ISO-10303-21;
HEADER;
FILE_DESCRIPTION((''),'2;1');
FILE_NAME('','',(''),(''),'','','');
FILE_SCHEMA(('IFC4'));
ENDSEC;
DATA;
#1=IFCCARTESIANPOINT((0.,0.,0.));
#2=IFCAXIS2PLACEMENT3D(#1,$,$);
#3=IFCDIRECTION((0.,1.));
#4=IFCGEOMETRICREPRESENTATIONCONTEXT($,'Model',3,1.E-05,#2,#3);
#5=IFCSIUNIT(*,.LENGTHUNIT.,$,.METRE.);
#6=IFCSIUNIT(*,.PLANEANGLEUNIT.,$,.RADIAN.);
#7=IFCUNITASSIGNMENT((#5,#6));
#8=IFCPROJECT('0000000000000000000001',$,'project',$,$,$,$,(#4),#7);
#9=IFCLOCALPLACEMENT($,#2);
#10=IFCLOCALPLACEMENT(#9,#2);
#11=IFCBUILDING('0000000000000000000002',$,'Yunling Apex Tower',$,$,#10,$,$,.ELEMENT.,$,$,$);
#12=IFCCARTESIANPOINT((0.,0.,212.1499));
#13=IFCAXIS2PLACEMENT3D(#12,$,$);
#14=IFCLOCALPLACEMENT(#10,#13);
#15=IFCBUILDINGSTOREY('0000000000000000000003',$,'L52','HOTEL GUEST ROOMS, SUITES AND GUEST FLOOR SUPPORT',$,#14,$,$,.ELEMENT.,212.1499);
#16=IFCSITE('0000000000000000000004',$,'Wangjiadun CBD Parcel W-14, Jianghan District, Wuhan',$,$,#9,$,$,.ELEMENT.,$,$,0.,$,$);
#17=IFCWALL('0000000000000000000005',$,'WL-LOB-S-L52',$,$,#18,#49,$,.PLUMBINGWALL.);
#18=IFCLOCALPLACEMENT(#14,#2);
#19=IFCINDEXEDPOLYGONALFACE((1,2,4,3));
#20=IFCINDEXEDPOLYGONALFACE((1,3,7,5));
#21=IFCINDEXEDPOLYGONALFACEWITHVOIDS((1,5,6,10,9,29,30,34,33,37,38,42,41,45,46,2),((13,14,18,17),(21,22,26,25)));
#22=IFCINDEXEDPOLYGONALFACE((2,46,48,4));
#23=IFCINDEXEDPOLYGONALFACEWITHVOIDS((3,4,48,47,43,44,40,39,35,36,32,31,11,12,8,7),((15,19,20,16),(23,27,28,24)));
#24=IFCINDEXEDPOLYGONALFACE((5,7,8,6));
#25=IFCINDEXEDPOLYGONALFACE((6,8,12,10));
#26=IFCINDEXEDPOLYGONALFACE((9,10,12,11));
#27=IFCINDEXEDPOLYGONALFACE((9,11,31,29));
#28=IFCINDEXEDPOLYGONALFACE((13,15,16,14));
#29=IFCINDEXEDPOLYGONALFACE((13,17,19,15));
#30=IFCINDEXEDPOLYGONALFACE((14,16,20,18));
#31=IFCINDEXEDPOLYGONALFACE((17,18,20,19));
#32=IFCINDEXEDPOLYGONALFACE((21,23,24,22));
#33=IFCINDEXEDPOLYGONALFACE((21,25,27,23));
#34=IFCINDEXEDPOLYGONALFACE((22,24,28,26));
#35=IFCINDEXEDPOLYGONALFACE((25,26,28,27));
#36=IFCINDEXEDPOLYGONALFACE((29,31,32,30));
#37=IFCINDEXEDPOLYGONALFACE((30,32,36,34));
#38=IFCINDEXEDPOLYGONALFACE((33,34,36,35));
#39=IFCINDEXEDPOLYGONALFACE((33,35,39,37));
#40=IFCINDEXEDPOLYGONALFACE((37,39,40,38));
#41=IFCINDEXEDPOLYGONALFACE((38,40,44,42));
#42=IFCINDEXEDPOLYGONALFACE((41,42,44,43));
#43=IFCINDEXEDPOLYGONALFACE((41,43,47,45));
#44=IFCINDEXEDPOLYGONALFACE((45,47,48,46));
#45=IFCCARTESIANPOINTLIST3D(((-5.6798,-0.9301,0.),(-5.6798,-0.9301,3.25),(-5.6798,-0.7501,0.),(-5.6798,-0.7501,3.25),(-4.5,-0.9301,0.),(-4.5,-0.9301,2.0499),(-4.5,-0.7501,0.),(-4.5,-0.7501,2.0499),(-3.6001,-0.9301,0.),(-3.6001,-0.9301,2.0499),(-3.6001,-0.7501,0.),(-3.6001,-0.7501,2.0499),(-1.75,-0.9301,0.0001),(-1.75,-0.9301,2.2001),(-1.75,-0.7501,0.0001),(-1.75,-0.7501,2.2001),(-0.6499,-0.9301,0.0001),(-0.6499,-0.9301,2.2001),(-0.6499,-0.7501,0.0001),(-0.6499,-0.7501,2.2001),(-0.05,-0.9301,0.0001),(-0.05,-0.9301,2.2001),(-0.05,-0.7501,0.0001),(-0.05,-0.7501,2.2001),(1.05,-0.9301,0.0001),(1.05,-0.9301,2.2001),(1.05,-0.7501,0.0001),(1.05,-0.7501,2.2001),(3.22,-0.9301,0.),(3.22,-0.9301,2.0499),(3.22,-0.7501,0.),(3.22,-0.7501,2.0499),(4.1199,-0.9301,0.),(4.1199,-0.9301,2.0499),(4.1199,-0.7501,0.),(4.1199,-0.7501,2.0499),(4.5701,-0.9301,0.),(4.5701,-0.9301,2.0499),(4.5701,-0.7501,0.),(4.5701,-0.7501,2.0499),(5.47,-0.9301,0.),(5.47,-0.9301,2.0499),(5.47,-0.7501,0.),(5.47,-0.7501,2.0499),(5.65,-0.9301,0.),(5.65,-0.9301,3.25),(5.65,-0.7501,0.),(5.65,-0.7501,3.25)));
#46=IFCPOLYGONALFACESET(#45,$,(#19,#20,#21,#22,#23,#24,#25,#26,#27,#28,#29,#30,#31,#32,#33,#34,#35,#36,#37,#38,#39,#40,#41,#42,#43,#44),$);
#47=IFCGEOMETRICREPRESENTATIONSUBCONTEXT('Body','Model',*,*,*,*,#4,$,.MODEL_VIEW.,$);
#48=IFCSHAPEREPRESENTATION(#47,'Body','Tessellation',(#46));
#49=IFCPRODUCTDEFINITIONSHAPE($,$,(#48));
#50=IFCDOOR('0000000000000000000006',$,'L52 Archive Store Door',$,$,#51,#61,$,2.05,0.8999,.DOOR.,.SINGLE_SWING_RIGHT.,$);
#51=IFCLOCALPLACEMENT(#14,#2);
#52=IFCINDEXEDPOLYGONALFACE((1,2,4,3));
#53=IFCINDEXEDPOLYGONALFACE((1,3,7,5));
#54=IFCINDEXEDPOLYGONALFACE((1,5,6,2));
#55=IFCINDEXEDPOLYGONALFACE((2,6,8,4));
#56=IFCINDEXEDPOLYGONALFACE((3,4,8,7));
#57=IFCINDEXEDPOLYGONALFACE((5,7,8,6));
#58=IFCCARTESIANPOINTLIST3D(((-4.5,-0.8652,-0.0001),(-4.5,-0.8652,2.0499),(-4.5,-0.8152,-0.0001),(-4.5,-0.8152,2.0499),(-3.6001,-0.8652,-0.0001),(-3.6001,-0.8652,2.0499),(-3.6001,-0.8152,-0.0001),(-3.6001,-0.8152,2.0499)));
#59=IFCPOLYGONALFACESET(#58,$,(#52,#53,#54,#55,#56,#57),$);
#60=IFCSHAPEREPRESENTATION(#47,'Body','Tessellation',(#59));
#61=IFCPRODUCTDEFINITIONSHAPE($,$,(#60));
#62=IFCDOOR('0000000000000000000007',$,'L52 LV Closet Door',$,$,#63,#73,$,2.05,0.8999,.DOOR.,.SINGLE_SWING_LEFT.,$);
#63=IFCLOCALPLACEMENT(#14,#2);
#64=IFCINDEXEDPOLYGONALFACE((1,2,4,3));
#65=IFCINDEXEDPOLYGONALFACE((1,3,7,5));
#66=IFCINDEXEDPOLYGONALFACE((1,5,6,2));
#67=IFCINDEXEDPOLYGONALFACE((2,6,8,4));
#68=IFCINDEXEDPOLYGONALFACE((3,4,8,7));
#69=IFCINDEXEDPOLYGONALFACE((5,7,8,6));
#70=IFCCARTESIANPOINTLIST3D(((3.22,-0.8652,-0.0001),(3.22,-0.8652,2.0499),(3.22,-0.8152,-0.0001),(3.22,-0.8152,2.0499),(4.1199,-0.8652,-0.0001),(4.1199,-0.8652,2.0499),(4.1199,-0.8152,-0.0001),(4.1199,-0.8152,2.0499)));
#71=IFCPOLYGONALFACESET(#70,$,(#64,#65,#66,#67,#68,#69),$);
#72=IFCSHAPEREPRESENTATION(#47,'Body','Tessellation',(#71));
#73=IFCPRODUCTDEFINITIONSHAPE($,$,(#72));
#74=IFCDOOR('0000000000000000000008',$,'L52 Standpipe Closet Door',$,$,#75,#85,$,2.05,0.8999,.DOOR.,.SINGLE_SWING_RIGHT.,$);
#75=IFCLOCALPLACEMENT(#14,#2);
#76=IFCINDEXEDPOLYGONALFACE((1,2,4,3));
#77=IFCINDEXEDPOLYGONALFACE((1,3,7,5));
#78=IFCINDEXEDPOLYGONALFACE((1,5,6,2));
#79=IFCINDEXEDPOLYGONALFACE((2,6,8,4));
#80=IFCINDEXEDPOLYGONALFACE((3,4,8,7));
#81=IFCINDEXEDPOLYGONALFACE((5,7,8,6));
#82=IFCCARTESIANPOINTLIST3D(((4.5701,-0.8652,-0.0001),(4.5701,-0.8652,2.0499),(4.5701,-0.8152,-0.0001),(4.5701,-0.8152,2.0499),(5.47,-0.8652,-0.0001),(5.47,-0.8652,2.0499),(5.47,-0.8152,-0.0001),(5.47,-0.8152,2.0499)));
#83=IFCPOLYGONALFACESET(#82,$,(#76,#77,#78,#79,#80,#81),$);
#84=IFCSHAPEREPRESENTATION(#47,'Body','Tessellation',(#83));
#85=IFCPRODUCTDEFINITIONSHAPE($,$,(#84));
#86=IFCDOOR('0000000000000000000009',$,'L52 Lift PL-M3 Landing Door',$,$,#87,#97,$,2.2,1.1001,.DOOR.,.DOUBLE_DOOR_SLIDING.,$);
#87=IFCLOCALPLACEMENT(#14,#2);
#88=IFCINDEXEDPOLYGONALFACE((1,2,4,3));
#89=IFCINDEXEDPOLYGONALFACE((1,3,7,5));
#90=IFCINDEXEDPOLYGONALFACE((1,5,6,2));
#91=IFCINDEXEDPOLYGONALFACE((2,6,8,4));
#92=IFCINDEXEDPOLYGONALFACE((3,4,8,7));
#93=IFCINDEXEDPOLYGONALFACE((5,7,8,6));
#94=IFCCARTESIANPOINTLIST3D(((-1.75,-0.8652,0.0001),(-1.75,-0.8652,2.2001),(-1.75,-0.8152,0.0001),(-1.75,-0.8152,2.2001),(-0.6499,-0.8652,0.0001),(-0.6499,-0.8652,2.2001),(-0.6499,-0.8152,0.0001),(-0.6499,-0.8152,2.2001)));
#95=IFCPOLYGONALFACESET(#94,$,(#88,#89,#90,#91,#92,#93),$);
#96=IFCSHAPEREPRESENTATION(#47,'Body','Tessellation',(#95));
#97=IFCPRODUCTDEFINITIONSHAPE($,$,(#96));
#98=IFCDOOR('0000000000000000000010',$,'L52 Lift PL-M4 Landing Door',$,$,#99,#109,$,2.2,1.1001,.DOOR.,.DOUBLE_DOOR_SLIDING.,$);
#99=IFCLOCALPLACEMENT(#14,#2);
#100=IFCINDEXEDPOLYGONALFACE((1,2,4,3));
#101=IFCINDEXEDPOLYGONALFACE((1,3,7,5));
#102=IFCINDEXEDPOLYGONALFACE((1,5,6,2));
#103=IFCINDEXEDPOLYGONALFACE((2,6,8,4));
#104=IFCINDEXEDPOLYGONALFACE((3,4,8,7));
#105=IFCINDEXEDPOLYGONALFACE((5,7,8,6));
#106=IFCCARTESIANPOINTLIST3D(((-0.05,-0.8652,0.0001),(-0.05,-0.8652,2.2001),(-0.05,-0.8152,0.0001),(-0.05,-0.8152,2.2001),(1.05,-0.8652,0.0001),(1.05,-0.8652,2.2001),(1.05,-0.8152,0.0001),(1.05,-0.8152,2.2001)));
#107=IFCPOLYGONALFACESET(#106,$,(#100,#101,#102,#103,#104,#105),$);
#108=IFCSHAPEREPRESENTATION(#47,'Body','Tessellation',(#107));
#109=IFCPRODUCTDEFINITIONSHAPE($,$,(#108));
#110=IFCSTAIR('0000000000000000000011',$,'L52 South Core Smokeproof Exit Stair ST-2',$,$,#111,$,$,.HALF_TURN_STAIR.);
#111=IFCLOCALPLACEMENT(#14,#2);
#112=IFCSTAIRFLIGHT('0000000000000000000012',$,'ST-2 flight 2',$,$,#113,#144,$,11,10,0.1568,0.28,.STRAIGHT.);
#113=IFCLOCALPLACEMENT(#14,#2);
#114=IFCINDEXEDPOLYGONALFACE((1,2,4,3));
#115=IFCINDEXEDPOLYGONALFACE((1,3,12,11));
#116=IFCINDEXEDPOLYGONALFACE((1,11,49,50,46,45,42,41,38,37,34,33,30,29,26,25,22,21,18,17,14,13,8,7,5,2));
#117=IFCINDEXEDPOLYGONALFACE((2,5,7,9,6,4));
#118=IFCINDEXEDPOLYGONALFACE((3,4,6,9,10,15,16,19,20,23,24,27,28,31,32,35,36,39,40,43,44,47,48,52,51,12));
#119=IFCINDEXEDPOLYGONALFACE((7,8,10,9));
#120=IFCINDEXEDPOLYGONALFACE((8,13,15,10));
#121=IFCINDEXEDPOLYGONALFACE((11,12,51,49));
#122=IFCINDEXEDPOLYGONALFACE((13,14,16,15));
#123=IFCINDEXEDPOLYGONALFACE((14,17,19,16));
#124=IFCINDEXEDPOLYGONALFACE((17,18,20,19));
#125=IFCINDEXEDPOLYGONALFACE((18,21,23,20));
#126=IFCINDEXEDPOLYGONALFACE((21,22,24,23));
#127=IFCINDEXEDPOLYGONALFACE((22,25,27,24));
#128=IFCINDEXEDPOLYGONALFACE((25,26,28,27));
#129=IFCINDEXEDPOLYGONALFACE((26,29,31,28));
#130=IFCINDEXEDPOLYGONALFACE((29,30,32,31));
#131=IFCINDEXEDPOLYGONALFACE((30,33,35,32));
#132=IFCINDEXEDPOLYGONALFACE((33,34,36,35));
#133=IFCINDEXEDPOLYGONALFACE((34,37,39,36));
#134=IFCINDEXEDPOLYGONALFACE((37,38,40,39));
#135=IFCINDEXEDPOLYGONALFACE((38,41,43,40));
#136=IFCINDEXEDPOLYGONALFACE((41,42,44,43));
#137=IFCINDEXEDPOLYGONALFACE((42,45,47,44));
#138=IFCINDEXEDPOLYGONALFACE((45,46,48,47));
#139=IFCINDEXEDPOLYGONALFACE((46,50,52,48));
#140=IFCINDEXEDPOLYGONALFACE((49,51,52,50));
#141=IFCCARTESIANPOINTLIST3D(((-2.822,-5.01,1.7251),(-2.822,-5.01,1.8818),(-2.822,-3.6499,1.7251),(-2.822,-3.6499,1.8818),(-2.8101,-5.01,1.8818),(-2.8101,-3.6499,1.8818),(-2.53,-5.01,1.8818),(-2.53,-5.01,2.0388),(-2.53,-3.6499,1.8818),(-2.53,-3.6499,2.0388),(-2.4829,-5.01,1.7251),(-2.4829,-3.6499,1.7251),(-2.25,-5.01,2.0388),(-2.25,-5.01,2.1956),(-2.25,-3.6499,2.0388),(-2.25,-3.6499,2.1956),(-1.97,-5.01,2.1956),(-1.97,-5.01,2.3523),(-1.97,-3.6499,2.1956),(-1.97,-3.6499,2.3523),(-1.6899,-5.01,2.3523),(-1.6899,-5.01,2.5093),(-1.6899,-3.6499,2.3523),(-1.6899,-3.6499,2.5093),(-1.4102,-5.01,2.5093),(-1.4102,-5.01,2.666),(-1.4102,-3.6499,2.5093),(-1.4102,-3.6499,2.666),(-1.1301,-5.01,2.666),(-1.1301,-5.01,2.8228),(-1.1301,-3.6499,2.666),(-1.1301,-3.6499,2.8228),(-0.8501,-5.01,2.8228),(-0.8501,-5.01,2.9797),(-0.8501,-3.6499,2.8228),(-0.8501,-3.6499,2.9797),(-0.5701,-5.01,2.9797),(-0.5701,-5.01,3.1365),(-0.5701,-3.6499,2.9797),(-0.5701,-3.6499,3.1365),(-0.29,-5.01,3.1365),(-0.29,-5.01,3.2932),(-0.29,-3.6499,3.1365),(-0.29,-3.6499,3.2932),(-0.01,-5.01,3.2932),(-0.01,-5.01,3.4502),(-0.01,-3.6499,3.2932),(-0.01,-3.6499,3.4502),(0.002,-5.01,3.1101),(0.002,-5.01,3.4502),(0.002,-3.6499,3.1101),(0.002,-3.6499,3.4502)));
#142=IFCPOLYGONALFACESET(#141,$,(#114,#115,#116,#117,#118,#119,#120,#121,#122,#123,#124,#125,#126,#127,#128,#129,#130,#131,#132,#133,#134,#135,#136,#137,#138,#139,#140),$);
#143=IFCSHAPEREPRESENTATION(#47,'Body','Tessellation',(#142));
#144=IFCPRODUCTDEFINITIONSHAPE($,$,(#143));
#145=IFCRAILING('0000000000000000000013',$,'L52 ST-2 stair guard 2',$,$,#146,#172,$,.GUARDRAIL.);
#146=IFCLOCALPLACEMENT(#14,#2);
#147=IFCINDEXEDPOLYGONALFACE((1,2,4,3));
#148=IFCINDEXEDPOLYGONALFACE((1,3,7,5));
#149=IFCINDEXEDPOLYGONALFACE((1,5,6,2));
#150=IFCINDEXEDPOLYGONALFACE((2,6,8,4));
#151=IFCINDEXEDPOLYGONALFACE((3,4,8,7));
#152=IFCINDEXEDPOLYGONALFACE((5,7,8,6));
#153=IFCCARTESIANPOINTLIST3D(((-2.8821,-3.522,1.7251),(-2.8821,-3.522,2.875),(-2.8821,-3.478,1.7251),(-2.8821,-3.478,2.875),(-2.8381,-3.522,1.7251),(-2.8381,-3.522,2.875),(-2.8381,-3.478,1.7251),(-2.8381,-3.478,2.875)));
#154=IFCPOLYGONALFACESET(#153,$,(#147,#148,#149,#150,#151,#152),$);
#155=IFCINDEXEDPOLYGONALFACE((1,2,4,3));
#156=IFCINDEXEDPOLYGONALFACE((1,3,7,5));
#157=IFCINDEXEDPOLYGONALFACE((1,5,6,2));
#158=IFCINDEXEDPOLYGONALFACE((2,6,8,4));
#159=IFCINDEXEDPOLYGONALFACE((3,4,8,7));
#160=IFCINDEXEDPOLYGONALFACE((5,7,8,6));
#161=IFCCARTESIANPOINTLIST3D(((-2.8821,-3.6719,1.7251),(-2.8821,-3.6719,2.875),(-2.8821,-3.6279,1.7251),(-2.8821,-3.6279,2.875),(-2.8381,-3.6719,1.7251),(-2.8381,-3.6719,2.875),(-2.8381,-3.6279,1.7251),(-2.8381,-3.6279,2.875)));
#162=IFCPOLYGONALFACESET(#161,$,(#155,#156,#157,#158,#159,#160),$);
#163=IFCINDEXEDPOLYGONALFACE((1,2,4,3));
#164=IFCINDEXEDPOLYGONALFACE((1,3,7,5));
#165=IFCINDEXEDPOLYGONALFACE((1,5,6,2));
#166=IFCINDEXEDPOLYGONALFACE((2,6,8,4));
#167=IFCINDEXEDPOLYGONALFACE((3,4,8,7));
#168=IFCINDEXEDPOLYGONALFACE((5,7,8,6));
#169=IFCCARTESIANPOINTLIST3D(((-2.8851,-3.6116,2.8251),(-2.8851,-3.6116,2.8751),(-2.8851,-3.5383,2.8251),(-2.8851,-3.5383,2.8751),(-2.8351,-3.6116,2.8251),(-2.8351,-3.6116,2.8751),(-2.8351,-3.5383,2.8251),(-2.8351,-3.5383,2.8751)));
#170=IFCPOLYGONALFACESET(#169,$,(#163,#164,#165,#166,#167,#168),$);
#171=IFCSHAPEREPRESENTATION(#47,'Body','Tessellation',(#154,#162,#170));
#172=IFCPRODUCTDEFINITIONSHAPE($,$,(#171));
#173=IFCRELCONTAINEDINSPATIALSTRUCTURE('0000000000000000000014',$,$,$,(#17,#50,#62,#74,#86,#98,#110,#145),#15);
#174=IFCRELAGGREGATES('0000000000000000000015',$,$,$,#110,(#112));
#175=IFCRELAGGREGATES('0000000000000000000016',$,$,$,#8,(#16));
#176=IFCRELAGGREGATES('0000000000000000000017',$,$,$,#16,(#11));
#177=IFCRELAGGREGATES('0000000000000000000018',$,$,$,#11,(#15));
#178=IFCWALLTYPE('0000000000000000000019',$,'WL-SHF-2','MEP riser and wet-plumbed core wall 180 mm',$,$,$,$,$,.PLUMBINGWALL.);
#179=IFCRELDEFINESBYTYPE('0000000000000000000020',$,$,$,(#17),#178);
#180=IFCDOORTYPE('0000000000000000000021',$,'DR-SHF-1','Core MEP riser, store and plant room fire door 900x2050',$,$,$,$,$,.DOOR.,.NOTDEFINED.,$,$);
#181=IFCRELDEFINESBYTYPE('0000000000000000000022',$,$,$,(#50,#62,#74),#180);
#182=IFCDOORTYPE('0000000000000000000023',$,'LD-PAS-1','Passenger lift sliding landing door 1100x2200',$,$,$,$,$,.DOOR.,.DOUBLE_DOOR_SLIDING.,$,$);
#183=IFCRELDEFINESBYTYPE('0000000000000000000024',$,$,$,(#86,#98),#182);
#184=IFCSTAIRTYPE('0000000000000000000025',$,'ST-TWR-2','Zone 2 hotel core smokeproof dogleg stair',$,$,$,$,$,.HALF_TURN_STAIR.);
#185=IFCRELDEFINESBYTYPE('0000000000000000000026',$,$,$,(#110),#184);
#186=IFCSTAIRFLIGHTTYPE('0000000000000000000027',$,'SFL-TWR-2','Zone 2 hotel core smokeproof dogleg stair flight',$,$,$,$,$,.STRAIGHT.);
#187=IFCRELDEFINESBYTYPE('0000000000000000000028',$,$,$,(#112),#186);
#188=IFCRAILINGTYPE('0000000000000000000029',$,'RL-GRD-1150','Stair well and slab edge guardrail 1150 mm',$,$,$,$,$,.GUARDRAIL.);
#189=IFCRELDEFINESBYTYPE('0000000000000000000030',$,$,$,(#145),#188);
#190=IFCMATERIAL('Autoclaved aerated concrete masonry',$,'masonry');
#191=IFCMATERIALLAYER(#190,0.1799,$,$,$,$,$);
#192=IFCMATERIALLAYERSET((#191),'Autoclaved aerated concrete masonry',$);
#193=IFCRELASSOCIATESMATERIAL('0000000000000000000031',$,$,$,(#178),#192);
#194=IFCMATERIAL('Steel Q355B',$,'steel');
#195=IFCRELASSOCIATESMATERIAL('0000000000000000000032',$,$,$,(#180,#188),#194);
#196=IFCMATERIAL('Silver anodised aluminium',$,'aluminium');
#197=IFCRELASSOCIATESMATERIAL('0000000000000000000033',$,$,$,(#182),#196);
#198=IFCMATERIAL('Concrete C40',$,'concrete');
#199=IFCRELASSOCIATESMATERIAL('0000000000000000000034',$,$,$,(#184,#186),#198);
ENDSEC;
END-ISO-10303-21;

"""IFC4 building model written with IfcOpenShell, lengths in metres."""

from ifc_helpers import new_model, si_unit, direction, frame, frame_2d, origin, origin_2d, place, context, subcontext, project, spatial, polyline, rectangle, outline, extrude, material, layer, layer_set, type_object, element, fill, aggregate, save


model = new_model("IFC4")

# Units and contexts
model_context = context("Model", 3, precision=1e-05, world=origin(), true_north=direction((0.0, 1.0)))
body_context = subcontext(model_context, "Body", "Model", "MODEL_VIEW")
ifc_project = project(units=[si_unit("LENGTHUNIT", "METRE"), si_unit("PLANEANGLEUNIT", "RADIAN")], contexts=[model_context])

# Site, building, storey
site_placement = place(None, origin())
site = spatial("IfcSite", under=ifc_project, at=site_placement, Name="Wangjiadun CBD Parcel W-14, Jianghan District, Wuhan", CompositionType="ELEMENT", RefElevation=0.0)
building_placement = place(site_placement, origin())
building = spatial("IfcBuilding", under=site, at=building_placement, Name="Yunling Apex Tower", CompositionType="ELEMENT")
storey_placement = place(building_placement, frame((0.0, 0.0, 212.1499)))
storey = spatial("IfcBuildingStorey", under=building, at=storey_placement, Name="L52", Description="HOTEL GUEST ROOMS, SUITES AND GUEST FLOOR SUPPORT", CompositionType="ELEMENT", Elevation=212.1499)

# Shared definitions
ifc_material_1 = material(Name="Steel Q355B", Category="steel")

# Shared definitions
ifc_material_2 = material(Name="Concrete C40", Category="concrete")

# Shared definitions
ifc_material_3 = material(Name="Autoclaved aerated concrete masonry", Category="masonry")

# Shared definitions
ifc_layer_1 = layer(ifc_material_3, 0.1799)
ifc_layer_set_1 = layer_set([ifc_layer_1], Name="Autoclaved aerated concrete masonry")
wall_type_1 = type_object("IfcWallType", Name="WL-SHF-2", Description="MEP riser and wet-plumbed core wall 180 mm", PredefinedType="PLUMBINGWALL", material=ifc_layer_set_1)

# Wall, openings, doors
wall_1_placement = place(storey_placement, frame((-5.6799, -0.8401, 0.0), z_axis=(0.0, 0.0, 1.0), x_axis=(1.0, 0.0, 0.0)))
wall_1 = element("IfcWall", 1, at=wall_1_placement, inside=storey, type_object=wall_type_1, Name="WL-LOB-S-L52", PredefinedType="PLUMBINGWALL", context=body_context, shape_type="SweptSolid", body=[
    extrude(rectangle(XDim=11.3298, YDim=0.1799, at=frame_2d((5.665, 0.0))), origin(), (0.0, 0.0, 1.0), 3.25),
])
opening_1_placement = place(wall_1_placement, frame((1.1799, 0.0, 0.0)))
opening_1 = element("IfcOpeningElement", 2, at=opening_1_placement, cuts=wall_1, PredefinedType="OPENING", context=body_context, shape_type="SweptSolid", body=[
    extrude(rectangle(XDim=0.8999, YDim=2.05, at=frame_2d((0.45, 1.0249))), frame((0.0, 0.1001, 0.0), z_axis=(0.0, -1.0, 0.0), x_axis=(1.0, 0.0, 0.0)), (0.0, 0.0, 1.0), 0.2),
])
opening_2_placement = place(wall_1_placement, frame((3.9299, 0.0, 0.0)))
opening_2 = element("IfcOpeningElement", 3, at=opening_2_placement, cuts=wall_1, PredefinedType="OPENING", context=body_context, shape_type="SweptSolid", body=[
    extrude(rectangle(XDim=1.1001, YDim=2.2, at=frame_2d((0.55, 1.1001))), frame((0.0, 0.1001, 0.0), z_axis=(0.0, -1.0, 0.0), x_axis=(1.0, 0.0, 0.0)), (0.0, 0.0, 1.0), 0.2),
])
opening_3_placement = place(wall_1_placement, frame((5.6299, 0.0, 0.0)))
opening_3 = element("IfcOpeningElement", 4, at=opening_3_placement, cuts=wall_1, PredefinedType="OPENING", context=body_context, shape_type="SweptSolid", body=[
    extrude(rectangle(XDim=1.1001, YDim=2.2, at=frame_2d((0.55, 1.1001))), frame((0.0, 0.1001, 0.0), z_axis=(0.0, -1.0, 0.0), x_axis=(1.0, 0.0, 0.0)), (0.0, 0.0, 1.0), 0.2),
])
opening_4_placement = place(wall_1_placement, frame((8.8999, 0.0, 0.0)))
opening_4 = element("IfcOpeningElement", 5, at=opening_4_placement, cuts=wall_1, PredefinedType="OPENING", context=body_context, shape_type="SweptSolid", body=[
    extrude(rectangle(XDim=0.8999, YDim=2.05, at=frame_2d((0.45, 1.0249))), frame((0.0, 0.1001, 0.0), z_axis=(0.0, -1.0, 0.0), x_axis=(1.0, 0.0, 0.0)), (0.0, 0.0, 1.0), 0.2),
])
opening_5_placement = place(wall_1_placement, frame((10.25, 0.0, 0.0)))
opening_5 = element("IfcOpeningElement", 6, at=opening_5_placement, cuts=wall_1, PredefinedType="OPENING", context=body_context, shape_type="SweptSolid", body=[
    extrude(rectangle(XDim=0.8999, YDim=2.05, at=frame_2d((0.45, 1.0249))), frame((0.0, 0.1001, 0.0), z_axis=(0.0, -1.0, 0.0), x_axis=(1.0, 0.0, 0.0)), (0.0, 0.0, 1.0), 0.2),
])
door_type_1 = type_object("IfcDoorType", Name="DR-SHF-1", Description="Core MEP riser, store and plant room fire door 900x2050", OperationType="NOTDEFINED", PredefinedType="DOOR", material=ifc_material_1)
door_1_placement = place(opening_1_placement, origin())
door_1 = element("IfcDoor", 7, at=door_1_placement, inside=storey, type_object=door_type_1, Name="L52 Archive Store Door", OperationType="SINGLE_SWING_RIGHT", OverallHeight=2.05, OverallWidth=0.8999, PredefinedType="DOOR", context=body_context, shape_type="SweptSolid", body=[
    extrude(rectangle(XDim=0.8999, YDim=2.05, at=frame_2d((0.45, 1.0249))), frame((0.0, 0.0249, 0.0), z_axis=(0.0, -1.0, 0.0), x_axis=(1.0, 0.0, 0.0)), (0.0, 0.0, 1.0), 0.05),
])
fill(opening_1, door_1)
door_2_placement = place(opening_4_placement, origin())
door_2 = element("IfcDoor", 8, at=door_2_placement, inside=storey, type_object=door_type_1, Name="L52 LV Closet Door", OperationType="SINGLE_SWING_LEFT", OverallHeight=2.05, OverallWidth=0.8999, PredefinedType="DOOR", context=body_context, shape_type="SweptSolid", body=[
    extrude(rectangle(XDim=0.8999, YDim=2.05, at=frame_2d((0.45, 1.0249))), frame((0.0, 0.0249, 0.0), z_axis=(0.0, -1.0, 0.0), x_axis=(1.0, 0.0, 0.0)), (0.0, 0.0, 1.0), 0.05),
])
fill(opening_4, door_2)
door_3_placement = place(opening_5_placement, origin())
door_3 = element("IfcDoor", 9, at=door_3_placement, inside=storey, type_object=door_type_1, Name="L52 Standpipe Closet Door", OperationType="SINGLE_SWING_RIGHT", OverallHeight=2.05, OverallWidth=0.8999, PredefinedType="DOOR", context=body_context, shape_type="SweptSolid", body=[
    extrude(rectangle(XDim=0.8999, YDim=2.05, at=frame_2d((0.45, 1.0249))), frame((0.0, 0.0249, 0.0), z_axis=(0.0, -1.0, 0.0), x_axis=(1.0, 0.0, 0.0)), (0.0, 0.0, 1.0), 0.05),
])
fill(opening_5, door_3)
ifc_material_4 = material(Name="Silver anodised aluminium", Category="aluminium")
door_type_2 = type_object("IfcDoorType", Name="LD-PAS-1", Description="Passenger lift sliding landing door 1100x2200", OperationType="DOUBLE_DOOR_SLIDING", PredefinedType="DOOR", material=ifc_material_4)
door_4_placement = place(opening_2_placement, origin())
door_4 = element("IfcDoor", 10, at=door_4_placement, inside=storey, type_object=door_type_2, Name="L52 Lift PL-M3 Landing Door", OperationType="DOUBLE_DOOR_SLIDING", OverallHeight=2.2, OverallWidth=1.1001, PredefinedType="DOOR", context=body_context, shape_type="SweptSolid", body=[
    extrude(rectangle(XDim=1.1001, YDim=2.2, at=frame_2d((0.55, 1.1001))), frame((0.0, 0.0249, 0.0), z_axis=(0.0, -1.0, 0.0), x_axis=(1.0, 0.0, 0.0)), (0.0, 0.0, 1.0), 0.05),
])
fill(opening_2, door_4)
door_5_placement = place(opening_3_placement, origin())
door_5 = element("IfcDoor", 11, at=door_5_placement, inside=storey, type_object=door_type_2, Name="L52 Lift PL-M4 Landing Door", OperationType="DOUBLE_DOOR_SLIDING", OverallHeight=2.2, OverallWidth=1.1001, PredefinedType="DOOR", context=body_context, shape_type="SweptSolid", body=[
    extrude(rectangle(XDim=1.1001, YDim=2.2, at=frame_2d((0.55, 1.1001))), frame((0.0, 0.0249, 0.0), z_axis=(0.0, -1.0, 0.0), x_axis=(1.0, 0.0, 0.0)), (0.0, 0.0, 1.0), 0.05),
])
fill(opening_3, door_5)

# Stair, stair flight
stair_type = type_object("IfcStairType", Name="ST-TWR-2", Description="Zone 2 hotel core smokeproof dogleg stair", PredefinedType="HALF_TURN_STAIR", material=ifc_material_2)
stair_placement = place(storey_placement, origin())
stair = element("IfcStair", 12, at=stair_placement, inside=storey, type_object=stair_type, Name="L52 South Core Smokeproof Exit Stair ST-2", PredefinedType="HALF_TURN_STAIR")
stair_flight_type = type_object("IfcStairFlightType", Name="SFL-TWR-2", Description="Zone 2 hotel core smokeproof dogleg stair flight", PredefinedType="STRAIGHT", material=ifc_material_2)
stair_flight_placement = place(storey_placement, frame((-2.8101, -4.3301, 1.7251), z_axis=(0.0, 0.0, 1.0), x_axis=(1.0, 0.0, 0.0)))
stair_flight = element("IfcStairFlight", 13, at=stair_flight_placement, type_object=stair_flight_type, Name="ST-2 flight 2", NumberOfRisers=11, NumberOfTreads=10, PredefinedType="STRAIGHT", RiserHeight=0.1568, TreadLength=0.28, context=body_context, shape_type="SweptSolid", body=[
    extrude(outline(polyline([(-0.012, 0.0), (-0.012, 0.1567), (0.0, 0.1567), (0.28, 0.1567), (0.28, 0.3137), (0.5601, 0.3137), (0.5601, 0.4705), (0.8401, 0.4705), (0.8401, 0.6272), (1.1201, 0.6272), (1.1201, 0.7842), (1.3999, 0.7842), (1.3999, 0.9409), (1.6799, 0.9409), (1.6799, 1.0977), (1.96, 1.0977), (1.96, 1.2546), (2.24, 1.2546), (2.24, 1.4114), (2.52, 1.4114), (2.52, 1.5681), (2.8, 1.5681), (2.8, 1.7251), (2.812, 1.7251), (2.812, 1.385), (0.3271, 0.0), (-0.012, 0.0)])), frame((0.0, 0.6802, 0.0), z_axis=(0.0, -1.0, 0.0), x_axis=(1.0, 0.0, 0.0)), (0.0, 0.0, 1.0), 1.3601),
])
aggregate(stair, [stair_flight])

# Railing
railing_type_1 = type_object("IfcRailingType", Name="RL-GRD-1150", Description="Stair well and slab edge guardrail 1150 mm", PredefinedType="GUARDRAIL", material=ifc_material_1)
railing_1_placement = place(storey_placement, frame((-2.8601, -3.5, 1.7251)))
element("IfcRailing", 14, at=railing_1_placement, inside=storey, type_object=railing_type_1, Name="L52 ST-2 stair guard 2", PredefinedType="GUARDRAIL", context=body_context, shape_type="SweptSolid", body=[
    extrude(rectangle(XDim=0.0439, YDim=0.0439, at=origin_2d()), origin(), (0.0, 0.0, 1.0), 1.1499),
    extrude(rectangle(XDim=0.0439, YDim=0.0439, at=origin_2d()), frame((0.0, -0.1499, 0.0)), (0.0, 0.0, 1.0), 1.1499),
    extrude(rectangle(XDim=0.05, YDim=0.05, at=origin_2d()), frame((0.0, -0.0383, 1.125), z_axis=(0.0, -1.0, 0.0), x_axis=(1.0, 0.0, 0.0)), (0.0, 0.0, 1.0), 0.0732),
])

save(model, "model.ifc")
